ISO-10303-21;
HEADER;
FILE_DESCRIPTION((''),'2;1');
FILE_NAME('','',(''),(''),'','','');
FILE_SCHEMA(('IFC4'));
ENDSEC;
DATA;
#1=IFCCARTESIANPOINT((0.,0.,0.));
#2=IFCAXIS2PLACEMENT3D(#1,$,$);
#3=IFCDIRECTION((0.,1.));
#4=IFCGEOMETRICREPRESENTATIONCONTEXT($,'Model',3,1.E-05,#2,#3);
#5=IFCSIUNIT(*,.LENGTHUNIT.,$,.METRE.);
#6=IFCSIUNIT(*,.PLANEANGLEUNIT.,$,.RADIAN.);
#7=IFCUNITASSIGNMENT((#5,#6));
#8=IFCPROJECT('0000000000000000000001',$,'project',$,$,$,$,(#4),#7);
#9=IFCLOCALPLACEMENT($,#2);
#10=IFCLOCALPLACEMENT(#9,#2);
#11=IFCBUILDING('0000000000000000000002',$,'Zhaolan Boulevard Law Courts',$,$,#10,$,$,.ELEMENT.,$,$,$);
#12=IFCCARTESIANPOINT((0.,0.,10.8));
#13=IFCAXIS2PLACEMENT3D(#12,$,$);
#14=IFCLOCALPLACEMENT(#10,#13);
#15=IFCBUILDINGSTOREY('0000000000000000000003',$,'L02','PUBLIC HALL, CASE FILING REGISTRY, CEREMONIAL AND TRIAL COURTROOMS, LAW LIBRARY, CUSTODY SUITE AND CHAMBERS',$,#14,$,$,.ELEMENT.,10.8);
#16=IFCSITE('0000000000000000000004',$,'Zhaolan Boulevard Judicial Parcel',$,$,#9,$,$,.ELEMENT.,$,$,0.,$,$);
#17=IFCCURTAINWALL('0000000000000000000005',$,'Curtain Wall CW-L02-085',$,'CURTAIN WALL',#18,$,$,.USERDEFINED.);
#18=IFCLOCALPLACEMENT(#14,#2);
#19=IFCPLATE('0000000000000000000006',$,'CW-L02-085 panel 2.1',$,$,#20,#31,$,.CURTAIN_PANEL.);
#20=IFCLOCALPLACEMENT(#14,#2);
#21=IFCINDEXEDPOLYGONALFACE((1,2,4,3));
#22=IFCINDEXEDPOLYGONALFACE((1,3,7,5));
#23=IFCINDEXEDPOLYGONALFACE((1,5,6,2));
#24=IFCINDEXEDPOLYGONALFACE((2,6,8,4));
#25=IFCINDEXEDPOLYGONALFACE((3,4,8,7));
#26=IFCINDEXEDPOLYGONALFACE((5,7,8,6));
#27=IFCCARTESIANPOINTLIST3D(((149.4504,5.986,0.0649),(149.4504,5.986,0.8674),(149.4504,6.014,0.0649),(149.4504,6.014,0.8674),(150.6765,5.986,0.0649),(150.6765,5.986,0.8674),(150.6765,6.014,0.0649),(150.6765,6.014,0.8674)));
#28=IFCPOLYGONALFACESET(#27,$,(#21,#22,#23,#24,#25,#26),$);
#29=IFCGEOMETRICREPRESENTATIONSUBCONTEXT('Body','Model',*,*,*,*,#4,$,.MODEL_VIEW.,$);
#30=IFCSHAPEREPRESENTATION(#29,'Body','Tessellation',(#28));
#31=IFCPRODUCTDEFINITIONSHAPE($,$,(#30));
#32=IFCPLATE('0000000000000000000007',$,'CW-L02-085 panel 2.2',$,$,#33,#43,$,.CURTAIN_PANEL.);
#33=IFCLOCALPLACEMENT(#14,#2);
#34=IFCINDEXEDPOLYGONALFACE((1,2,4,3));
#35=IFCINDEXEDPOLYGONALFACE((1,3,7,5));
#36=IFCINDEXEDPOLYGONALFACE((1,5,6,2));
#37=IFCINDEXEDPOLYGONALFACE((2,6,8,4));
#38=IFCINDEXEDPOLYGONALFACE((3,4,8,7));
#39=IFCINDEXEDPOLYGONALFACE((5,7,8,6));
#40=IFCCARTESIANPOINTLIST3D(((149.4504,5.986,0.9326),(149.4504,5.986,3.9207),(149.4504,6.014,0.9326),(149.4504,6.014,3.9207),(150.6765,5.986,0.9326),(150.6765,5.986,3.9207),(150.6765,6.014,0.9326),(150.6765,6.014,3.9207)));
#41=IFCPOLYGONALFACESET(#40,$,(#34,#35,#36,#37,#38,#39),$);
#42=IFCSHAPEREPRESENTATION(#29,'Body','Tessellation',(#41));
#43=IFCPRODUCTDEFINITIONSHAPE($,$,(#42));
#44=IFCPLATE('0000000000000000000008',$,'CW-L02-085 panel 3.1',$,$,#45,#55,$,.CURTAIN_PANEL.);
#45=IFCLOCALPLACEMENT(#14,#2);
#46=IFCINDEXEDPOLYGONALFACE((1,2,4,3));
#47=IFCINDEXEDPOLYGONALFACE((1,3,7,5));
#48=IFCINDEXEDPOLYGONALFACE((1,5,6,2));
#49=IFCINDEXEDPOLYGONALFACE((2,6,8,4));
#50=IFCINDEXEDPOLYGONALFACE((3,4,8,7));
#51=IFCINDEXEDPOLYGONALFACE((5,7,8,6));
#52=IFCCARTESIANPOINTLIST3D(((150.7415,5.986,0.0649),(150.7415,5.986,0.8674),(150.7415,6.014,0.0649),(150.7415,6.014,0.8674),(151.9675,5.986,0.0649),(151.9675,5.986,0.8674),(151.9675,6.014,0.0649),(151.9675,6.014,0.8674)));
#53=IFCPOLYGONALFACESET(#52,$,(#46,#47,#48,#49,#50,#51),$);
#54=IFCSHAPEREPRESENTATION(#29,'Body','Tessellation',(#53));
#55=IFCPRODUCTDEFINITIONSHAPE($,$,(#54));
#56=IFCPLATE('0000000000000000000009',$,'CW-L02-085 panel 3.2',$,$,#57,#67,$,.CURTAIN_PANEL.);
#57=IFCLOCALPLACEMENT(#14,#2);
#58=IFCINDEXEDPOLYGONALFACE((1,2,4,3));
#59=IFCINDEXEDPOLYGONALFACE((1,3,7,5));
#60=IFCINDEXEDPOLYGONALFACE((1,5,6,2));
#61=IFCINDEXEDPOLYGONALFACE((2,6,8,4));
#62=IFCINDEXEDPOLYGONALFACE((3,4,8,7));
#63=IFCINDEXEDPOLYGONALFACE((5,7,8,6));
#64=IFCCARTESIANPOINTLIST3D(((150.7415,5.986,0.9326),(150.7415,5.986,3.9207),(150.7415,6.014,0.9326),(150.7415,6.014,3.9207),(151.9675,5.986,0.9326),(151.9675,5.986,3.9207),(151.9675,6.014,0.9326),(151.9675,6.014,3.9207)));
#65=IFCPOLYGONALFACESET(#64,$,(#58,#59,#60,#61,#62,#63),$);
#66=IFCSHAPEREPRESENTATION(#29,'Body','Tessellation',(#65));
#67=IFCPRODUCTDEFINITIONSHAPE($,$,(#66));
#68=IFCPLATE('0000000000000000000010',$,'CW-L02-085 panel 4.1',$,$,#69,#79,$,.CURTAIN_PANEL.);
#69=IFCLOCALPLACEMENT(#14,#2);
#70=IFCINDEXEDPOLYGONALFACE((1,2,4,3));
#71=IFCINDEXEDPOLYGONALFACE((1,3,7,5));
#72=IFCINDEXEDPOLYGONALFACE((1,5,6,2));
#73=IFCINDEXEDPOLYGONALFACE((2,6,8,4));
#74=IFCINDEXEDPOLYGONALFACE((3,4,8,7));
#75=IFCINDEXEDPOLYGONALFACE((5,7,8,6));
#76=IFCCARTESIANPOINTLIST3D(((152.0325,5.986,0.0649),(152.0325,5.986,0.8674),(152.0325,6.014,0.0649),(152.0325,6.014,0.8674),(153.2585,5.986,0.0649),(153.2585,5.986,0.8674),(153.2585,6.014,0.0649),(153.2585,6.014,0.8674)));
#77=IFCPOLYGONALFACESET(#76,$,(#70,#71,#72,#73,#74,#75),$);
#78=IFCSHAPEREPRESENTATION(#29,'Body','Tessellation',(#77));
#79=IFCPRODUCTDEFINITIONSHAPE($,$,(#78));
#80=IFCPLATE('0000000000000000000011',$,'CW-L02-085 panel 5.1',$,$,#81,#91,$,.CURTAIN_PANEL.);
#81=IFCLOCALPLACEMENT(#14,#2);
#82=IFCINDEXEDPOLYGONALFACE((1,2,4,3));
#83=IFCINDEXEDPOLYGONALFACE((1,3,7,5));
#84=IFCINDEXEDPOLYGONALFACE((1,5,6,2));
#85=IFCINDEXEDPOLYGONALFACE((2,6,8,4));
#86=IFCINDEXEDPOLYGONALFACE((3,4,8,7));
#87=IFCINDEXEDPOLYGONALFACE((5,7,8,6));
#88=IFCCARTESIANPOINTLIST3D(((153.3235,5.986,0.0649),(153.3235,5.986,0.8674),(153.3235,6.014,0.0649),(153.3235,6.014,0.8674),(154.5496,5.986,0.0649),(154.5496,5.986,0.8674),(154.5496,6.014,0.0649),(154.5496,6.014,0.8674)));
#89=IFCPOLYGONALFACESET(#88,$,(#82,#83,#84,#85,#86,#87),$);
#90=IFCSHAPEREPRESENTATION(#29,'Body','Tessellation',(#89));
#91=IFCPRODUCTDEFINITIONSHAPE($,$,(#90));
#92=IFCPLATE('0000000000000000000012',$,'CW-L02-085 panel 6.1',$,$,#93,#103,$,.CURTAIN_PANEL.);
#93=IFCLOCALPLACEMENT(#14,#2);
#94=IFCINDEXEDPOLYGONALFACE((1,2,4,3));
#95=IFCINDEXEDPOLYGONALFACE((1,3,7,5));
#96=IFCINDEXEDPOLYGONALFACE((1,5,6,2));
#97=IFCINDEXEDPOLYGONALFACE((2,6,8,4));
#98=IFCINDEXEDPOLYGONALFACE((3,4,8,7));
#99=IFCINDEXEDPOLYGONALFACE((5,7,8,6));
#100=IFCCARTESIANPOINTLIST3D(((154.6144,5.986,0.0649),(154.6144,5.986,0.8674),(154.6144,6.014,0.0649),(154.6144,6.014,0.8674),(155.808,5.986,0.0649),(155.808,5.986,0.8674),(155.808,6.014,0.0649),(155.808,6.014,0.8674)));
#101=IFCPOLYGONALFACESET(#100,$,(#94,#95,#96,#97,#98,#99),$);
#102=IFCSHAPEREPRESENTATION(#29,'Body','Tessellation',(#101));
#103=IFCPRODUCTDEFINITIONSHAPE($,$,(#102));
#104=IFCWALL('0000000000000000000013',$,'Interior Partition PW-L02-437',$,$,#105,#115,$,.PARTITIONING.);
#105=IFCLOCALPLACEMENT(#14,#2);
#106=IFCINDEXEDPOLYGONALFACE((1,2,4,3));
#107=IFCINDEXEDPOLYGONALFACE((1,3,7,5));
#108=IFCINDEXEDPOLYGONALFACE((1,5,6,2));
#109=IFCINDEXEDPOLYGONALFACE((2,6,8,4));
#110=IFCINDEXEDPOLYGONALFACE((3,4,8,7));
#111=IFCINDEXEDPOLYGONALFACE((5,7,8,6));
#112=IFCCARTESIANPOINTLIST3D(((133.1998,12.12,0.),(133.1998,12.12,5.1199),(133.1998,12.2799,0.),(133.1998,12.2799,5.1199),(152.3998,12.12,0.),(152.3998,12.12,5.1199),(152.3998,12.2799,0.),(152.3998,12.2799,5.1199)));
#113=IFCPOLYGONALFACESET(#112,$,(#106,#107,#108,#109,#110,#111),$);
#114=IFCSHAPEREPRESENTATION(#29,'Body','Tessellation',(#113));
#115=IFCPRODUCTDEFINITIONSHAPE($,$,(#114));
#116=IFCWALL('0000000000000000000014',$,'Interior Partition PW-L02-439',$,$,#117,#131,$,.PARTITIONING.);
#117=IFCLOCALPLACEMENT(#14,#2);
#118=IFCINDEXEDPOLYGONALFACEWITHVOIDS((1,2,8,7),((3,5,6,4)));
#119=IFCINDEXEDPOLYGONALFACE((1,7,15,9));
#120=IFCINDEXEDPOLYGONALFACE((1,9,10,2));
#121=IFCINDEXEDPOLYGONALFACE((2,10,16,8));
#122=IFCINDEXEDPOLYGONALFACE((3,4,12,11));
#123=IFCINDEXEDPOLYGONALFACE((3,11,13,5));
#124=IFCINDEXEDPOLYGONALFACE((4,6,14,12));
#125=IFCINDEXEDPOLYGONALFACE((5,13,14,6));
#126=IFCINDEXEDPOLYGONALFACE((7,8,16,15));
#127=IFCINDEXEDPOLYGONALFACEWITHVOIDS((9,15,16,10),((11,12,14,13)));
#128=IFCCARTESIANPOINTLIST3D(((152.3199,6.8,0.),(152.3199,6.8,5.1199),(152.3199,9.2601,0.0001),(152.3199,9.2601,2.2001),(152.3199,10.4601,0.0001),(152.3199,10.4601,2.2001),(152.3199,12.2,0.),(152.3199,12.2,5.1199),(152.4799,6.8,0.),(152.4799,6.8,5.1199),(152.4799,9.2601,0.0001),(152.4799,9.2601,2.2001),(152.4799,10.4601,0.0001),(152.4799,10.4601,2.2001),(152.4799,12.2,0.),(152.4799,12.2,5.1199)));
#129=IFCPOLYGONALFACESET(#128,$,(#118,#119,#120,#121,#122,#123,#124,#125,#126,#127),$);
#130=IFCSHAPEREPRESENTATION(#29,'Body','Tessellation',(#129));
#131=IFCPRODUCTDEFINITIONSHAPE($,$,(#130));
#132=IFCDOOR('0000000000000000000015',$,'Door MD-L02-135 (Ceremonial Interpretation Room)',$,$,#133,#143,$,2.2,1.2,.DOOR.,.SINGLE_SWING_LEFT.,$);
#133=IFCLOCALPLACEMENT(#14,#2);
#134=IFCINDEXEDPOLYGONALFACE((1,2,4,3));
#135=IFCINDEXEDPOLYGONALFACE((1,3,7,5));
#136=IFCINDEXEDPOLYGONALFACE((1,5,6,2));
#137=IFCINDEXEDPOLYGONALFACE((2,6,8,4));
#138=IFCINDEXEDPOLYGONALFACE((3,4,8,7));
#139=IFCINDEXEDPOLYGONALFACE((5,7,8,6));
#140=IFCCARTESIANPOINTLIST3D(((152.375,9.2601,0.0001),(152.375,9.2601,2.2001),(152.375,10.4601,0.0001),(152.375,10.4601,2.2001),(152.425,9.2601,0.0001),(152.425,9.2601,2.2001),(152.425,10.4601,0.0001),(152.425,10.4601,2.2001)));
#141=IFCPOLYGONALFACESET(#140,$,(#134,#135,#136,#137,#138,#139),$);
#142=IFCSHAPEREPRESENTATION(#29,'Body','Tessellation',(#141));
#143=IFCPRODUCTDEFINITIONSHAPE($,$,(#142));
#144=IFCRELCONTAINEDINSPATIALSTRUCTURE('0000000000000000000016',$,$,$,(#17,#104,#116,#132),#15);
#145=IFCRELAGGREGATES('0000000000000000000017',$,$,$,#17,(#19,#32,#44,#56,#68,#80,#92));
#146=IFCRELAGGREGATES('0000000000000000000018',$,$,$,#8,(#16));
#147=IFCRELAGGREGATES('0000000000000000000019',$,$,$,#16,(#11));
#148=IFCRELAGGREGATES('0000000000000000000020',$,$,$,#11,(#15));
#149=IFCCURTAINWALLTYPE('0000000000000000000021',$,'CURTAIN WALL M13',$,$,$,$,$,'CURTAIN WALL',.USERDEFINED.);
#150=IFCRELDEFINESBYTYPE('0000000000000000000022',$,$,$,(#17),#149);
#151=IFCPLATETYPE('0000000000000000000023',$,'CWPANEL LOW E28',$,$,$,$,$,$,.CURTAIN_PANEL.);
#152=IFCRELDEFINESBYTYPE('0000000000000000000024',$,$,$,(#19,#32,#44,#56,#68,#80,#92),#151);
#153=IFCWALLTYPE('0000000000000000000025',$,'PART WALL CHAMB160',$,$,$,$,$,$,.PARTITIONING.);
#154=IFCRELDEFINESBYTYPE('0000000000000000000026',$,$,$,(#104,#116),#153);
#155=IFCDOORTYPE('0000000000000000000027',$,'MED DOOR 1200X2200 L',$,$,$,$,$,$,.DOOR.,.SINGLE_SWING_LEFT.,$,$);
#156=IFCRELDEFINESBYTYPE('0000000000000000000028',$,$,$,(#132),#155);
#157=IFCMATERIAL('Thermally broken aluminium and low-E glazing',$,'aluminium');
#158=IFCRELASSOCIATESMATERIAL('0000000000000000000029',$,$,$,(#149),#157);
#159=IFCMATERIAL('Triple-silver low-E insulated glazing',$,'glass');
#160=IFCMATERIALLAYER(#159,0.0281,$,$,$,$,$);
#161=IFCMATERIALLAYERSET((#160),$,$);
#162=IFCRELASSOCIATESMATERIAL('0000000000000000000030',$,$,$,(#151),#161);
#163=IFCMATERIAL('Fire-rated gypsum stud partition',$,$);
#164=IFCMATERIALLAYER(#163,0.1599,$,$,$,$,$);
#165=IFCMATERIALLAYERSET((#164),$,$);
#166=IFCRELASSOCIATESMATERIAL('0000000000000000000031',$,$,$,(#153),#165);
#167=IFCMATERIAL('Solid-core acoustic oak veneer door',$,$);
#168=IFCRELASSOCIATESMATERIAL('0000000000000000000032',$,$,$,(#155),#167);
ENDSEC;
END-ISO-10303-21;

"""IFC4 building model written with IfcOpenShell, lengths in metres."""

from ifc_helpers import new_model, si_unit, direction, frame, frame_2d, origin, origin_2d, place, context, subcontext, project, spatial, rectangle, extrude, material, layer, layer_set, type_object, element, fill, aggregate, save


model = new_model("IFC4")

# Units and contexts
model_context = context("Model", 3, precision=1e-05, world=origin(), true_north=direction((0.0, 1.0)))
body_context = subcontext(model_context, "Body", "Model", "MODEL_VIEW")
ifc_project = project(units=[si_unit("LENGTHUNIT", "METRE"), si_unit("PLANEANGLEUNIT", "RADIAN")], contexts=[model_context])

# Site, building, storey
site_placement = place(None, origin())
site = spatial("IfcSite", under=ifc_project, at=site_placement, Name="Zhaolan Boulevard Judicial Parcel", CompositionType="ELEMENT", RefElevation=0.0)
building_placement = place(site_placement, origin())
building = spatial("IfcBuilding", under=site, at=building_placement, Name="Zhaolan Boulevard Law Courts", CompositionType="ELEMENT")
storey_placement = place(building_placement, frame((0.0, 0.0, 10.8)))
storey = spatial("IfcBuildingStorey", under=building, at=storey_placement, Name="L02", Description="PUBLIC HALL, CASE FILING REGISTRY, CEREMONIAL AND TRIAL COURTROOMS, LAW LIBRARY, CUSTODY SUITE AND CHAMBERS", CompositionType="ELEMENT", Elevation=10.8)

# Curtain wall, plates
ifc_material_1 = material(Name="Thermally broken aluminium and low-E glazing", Category="aluminium")
curtain_wall_type = type_object("IfcCurtainWallType", Name="CURTAIN WALL M13", ElementType="CURTAIN WALL", PredefinedType="USERDEFINED", material=ifc_material_1)
curtain_wall_placement = place(storey_placement, origin())
curtain_wall = element("IfcCurtainWall", 1, at=curtain_wall_placement, inside=storey, type_object=curtain_wall_type, Name="Curtain Wall CW-L02-085", ObjectType="CURTAIN WALL", PredefinedType="USERDEFINED")
ifc_material_2 = material(Name="Triple-silver low-E insulated glazing", Category="glass")
ifc_layer_1 = layer(ifc_material_2, 0.0281)
ifc_layer_set_1 = layer_set([ifc_layer_1])
plate_type = type_object("IfcPlateType", Name="CWPANEL LOW E28", PredefinedType="CURTAIN_PANEL", material=ifc_layer_set_1)
plate_1_placement = place(storey_placement, frame((150.0635, 6.0, 0.0649), z_axis=(0.0, 0.0, 1.0), x_axis=(1.0, 0.0, 0.0)))
plate_1 = element("IfcPlate", 2, at=plate_1_placement, type_object=plate_type, Name="CW-L02-085 panel 2.1", PredefinedType="CURTAIN_PANEL", context=body_context, shape_type="SweptSolid", body=[
    extrude(rectangle(XDim=1.2261, YDim=0.0281, at=origin_2d()), origin(), (0.0, 0.0, 1.0), 0.8025),
])
plate_2_placement = place(storey_placement, frame((150.0635, 6.0, 0.9326), z_axis=(0.0, 0.0, 1.0), x_axis=(1.0, 0.0, 0.0)))
plate_2 = element("IfcPlate", 3, at=plate_2_placement, type_object=plate_type, Name="CW-L02-085 panel 2.2", PredefinedType="CURTAIN_PANEL", context=body_context, shape_type="SweptSolid", body=[
    extrude(rectangle(XDim=1.2261, YDim=0.0281, at=origin_2d()), origin(), (0.0, 0.0, 1.0), 2.988),
])
plate_3_placement = place(storey_placement, frame((151.3545, 6.0, 0.0649), z_axis=(0.0, 0.0, 1.0), x_axis=(1.0, 0.0, 0.0)))
plate_3 = element("IfcPlate", 4, at=plate_3_placement, type_object=plate_type, Name="CW-L02-085 panel 3.1", PredefinedType="CURTAIN_PANEL", context=body_context, shape_type="SweptSolid", body=[
    extrude(rectangle(XDim=1.2261, YDim=0.0281, at=origin_2d()), origin(), (0.0, 0.0, 1.0), 0.8025),
])
plate_4_placement = place(storey_placement, frame((151.3545, 6.0, 0.9326), z_axis=(0.0, 0.0, 1.0), x_axis=(1.0, 0.0, 0.0)))
plate_4 = element("IfcPlate", 5, at=plate_4_placement, type_object=plate_type, Name="CW-L02-085 panel 3.2", PredefinedType="CURTAIN_PANEL", context=body_context, shape_type="SweptSolid", body=[
    extrude(rectangle(XDim=1.2261, YDim=0.0281, at=origin_2d()), origin(), (0.0, 0.0, 1.0), 2.988),
])
plate_5_placement = place(storey_placement, frame((152.6455, 6.0, 0.0649), z_axis=(0.0, 0.0, 1.0), x_axis=(1.0, 0.0, 0.0)))
plate_5 = element("IfcPlate", 6, at=plate_5_placement, type_object=plate_type, Name="CW-L02-085 panel 4.1", PredefinedType="CURTAIN_PANEL", context=body_context, shape_type="SweptSolid", body=[
    extrude(rectangle(XDim=1.2261, YDim=0.0281, at=origin_2d()), origin(), (0.0, 0.0, 1.0), 0.8025),
])
plate_6_placement = place(storey_placement, frame((153.9365, 6.0, 0.0649), z_axis=(0.0, 0.0, 1.0), x_axis=(1.0, 0.0, 0.0)))
plate_6 = element("IfcPlate", 7, at=plate_6_placement, type_object=plate_type, Name="CW-L02-085 panel 5.1", PredefinedType="CURTAIN_PANEL", context=body_context, shape_type="SweptSolid", body=[
    extrude(rectangle(XDim=1.2261, YDim=0.0281, at=origin_2d()), origin(), (0.0, 0.0, 1.0), 0.8025),
])
plate_7_placement = place(storey_placement, frame((155.2112, 6.0, 0.0649), z_axis=(0.0, 0.0, 1.0), x_axis=(1.0, 0.0, 0.0)))
plate_7 = element("IfcPlate", 8, at=plate_7_placement, type_object=plate_type, Name="CW-L02-085 panel 6.1", PredefinedType="CURTAIN_PANEL", context=body_context, shape_type="SweptSolid", body=[
    extrude(rectangle(XDim=1.1936, YDim=0.0281, at=origin_2d()), origin(), (0.0, 0.0, 1.0), 0.8025),
])
aggregate(curtain_wall, [plate_1, plate_2, plate_3, plate_4, plate_5, plate_6, plate_7])

# Wall
ifc_material_3 = material(Name="Fire-rated gypsum stud partition")
ifc_layer_2 = layer(ifc_material_3, 0.1599)
ifc_layer_set_2 = layer_set([ifc_layer_2])
wall_type = type_object("IfcWallType", Name="PART WALL CHAMB160", PredefinedType="PARTITIONING", material=ifc_layer_set_2)
wall_1_placement = place(storey_placement, frame((152.3999, 12.2, 0.0), z_axis=(0.0, 0.0, 1.0), x_axis=(-1.0, 0.0, 0.0)))
element("IfcWall", 9, at=wall_1_placement, inside=storey, type_object=wall_type, Name="Interior Partition PW-L02-437", PredefinedType="PARTITIONING", context=body_context, shape_type="SweptSolid", body=[
    extrude(rectangle(XDim=19.2, YDim=0.1599, at=frame_2d((9.6001, 0.0))), origin(), (0.0, 0.0, 1.0), 5.1199),
])

# Wall, opening, door
wall_2_placement = place(storey_placement, frame((152.3999, 6.8, 0.0), z_axis=(0.0, 0.0, 1.0), x_axis=(0.0, 1.0, 0.0)))
wall_2 = element("IfcWall", 10, at=wall_2_placement, inside=storey, type_object=wall_type, Name="Interior Partition PW-L02-439", PredefinedType="PARTITIONING", context=body_context, shape_type="SweptSolid", body=[
    extrude(rectangle(XDim=5.3999, YDim=0.1599, at=frame_2d((2.7, 0.0))), origin(), (0.0, 0.0, 1.0), 5.1199),
])
opening_placement = place(wall_2_placement, frame((2.46, 0.0, 0.0)))
opening = element("IfcOpeningElement", 11, at=opening_placement, cuts=wall_2, PredefinedType="OPENING", context=body_context, shape_type="SweptSolid", body=[
    extrude(rectangle(XDim=1.2, YDim=2.2, at=frame_2d((0.6001, 1.1001))), frame((0.0, 0.0898, 0.0), z_axis=(0.0, -1.0, 0.0), x_axis=(1.0, 0.0, 0.0)), (0.0, 0.0, 1.0), 0.1799),
])
ifc_material_4 = material(Name="Solid-core acoustic oak veneer door")
door_type = type_object("IfcDoorType", Name="MED DOOR 1200X2200 L", OperationType="SINGLE_SWING_LEFT", PredefinedType="DOOR", material=ifc_material_4)
door_placement = place(opening_placement, origin())
door = element("IfcDoor", 12, at=door_placement, inside=storey, type_object=door_type, Name="Door MD-L02-135 (Ceremonial Interpretation Room)", OperationType="SINGLE_SWING_LEFT", OverallHeight=2.2, OverallWidth=1.2, PredefinedType="DOOR", context=body_context, shape_type="SweptSolid", body=[
    extrude(rectangle(XDim=1.2, YDim=2.2, at=frame_2d((0.6001, 1.1001))), frame((0.0, 0.0249, 0.0), z_axis=(0.0, -1.0, 0.0), x_axis=(1.0, 0.0, 0.0)), (0.0, 0.0, 1.0), 0.05),
])
fill(opening, door)

save(model, "model.ifc")
